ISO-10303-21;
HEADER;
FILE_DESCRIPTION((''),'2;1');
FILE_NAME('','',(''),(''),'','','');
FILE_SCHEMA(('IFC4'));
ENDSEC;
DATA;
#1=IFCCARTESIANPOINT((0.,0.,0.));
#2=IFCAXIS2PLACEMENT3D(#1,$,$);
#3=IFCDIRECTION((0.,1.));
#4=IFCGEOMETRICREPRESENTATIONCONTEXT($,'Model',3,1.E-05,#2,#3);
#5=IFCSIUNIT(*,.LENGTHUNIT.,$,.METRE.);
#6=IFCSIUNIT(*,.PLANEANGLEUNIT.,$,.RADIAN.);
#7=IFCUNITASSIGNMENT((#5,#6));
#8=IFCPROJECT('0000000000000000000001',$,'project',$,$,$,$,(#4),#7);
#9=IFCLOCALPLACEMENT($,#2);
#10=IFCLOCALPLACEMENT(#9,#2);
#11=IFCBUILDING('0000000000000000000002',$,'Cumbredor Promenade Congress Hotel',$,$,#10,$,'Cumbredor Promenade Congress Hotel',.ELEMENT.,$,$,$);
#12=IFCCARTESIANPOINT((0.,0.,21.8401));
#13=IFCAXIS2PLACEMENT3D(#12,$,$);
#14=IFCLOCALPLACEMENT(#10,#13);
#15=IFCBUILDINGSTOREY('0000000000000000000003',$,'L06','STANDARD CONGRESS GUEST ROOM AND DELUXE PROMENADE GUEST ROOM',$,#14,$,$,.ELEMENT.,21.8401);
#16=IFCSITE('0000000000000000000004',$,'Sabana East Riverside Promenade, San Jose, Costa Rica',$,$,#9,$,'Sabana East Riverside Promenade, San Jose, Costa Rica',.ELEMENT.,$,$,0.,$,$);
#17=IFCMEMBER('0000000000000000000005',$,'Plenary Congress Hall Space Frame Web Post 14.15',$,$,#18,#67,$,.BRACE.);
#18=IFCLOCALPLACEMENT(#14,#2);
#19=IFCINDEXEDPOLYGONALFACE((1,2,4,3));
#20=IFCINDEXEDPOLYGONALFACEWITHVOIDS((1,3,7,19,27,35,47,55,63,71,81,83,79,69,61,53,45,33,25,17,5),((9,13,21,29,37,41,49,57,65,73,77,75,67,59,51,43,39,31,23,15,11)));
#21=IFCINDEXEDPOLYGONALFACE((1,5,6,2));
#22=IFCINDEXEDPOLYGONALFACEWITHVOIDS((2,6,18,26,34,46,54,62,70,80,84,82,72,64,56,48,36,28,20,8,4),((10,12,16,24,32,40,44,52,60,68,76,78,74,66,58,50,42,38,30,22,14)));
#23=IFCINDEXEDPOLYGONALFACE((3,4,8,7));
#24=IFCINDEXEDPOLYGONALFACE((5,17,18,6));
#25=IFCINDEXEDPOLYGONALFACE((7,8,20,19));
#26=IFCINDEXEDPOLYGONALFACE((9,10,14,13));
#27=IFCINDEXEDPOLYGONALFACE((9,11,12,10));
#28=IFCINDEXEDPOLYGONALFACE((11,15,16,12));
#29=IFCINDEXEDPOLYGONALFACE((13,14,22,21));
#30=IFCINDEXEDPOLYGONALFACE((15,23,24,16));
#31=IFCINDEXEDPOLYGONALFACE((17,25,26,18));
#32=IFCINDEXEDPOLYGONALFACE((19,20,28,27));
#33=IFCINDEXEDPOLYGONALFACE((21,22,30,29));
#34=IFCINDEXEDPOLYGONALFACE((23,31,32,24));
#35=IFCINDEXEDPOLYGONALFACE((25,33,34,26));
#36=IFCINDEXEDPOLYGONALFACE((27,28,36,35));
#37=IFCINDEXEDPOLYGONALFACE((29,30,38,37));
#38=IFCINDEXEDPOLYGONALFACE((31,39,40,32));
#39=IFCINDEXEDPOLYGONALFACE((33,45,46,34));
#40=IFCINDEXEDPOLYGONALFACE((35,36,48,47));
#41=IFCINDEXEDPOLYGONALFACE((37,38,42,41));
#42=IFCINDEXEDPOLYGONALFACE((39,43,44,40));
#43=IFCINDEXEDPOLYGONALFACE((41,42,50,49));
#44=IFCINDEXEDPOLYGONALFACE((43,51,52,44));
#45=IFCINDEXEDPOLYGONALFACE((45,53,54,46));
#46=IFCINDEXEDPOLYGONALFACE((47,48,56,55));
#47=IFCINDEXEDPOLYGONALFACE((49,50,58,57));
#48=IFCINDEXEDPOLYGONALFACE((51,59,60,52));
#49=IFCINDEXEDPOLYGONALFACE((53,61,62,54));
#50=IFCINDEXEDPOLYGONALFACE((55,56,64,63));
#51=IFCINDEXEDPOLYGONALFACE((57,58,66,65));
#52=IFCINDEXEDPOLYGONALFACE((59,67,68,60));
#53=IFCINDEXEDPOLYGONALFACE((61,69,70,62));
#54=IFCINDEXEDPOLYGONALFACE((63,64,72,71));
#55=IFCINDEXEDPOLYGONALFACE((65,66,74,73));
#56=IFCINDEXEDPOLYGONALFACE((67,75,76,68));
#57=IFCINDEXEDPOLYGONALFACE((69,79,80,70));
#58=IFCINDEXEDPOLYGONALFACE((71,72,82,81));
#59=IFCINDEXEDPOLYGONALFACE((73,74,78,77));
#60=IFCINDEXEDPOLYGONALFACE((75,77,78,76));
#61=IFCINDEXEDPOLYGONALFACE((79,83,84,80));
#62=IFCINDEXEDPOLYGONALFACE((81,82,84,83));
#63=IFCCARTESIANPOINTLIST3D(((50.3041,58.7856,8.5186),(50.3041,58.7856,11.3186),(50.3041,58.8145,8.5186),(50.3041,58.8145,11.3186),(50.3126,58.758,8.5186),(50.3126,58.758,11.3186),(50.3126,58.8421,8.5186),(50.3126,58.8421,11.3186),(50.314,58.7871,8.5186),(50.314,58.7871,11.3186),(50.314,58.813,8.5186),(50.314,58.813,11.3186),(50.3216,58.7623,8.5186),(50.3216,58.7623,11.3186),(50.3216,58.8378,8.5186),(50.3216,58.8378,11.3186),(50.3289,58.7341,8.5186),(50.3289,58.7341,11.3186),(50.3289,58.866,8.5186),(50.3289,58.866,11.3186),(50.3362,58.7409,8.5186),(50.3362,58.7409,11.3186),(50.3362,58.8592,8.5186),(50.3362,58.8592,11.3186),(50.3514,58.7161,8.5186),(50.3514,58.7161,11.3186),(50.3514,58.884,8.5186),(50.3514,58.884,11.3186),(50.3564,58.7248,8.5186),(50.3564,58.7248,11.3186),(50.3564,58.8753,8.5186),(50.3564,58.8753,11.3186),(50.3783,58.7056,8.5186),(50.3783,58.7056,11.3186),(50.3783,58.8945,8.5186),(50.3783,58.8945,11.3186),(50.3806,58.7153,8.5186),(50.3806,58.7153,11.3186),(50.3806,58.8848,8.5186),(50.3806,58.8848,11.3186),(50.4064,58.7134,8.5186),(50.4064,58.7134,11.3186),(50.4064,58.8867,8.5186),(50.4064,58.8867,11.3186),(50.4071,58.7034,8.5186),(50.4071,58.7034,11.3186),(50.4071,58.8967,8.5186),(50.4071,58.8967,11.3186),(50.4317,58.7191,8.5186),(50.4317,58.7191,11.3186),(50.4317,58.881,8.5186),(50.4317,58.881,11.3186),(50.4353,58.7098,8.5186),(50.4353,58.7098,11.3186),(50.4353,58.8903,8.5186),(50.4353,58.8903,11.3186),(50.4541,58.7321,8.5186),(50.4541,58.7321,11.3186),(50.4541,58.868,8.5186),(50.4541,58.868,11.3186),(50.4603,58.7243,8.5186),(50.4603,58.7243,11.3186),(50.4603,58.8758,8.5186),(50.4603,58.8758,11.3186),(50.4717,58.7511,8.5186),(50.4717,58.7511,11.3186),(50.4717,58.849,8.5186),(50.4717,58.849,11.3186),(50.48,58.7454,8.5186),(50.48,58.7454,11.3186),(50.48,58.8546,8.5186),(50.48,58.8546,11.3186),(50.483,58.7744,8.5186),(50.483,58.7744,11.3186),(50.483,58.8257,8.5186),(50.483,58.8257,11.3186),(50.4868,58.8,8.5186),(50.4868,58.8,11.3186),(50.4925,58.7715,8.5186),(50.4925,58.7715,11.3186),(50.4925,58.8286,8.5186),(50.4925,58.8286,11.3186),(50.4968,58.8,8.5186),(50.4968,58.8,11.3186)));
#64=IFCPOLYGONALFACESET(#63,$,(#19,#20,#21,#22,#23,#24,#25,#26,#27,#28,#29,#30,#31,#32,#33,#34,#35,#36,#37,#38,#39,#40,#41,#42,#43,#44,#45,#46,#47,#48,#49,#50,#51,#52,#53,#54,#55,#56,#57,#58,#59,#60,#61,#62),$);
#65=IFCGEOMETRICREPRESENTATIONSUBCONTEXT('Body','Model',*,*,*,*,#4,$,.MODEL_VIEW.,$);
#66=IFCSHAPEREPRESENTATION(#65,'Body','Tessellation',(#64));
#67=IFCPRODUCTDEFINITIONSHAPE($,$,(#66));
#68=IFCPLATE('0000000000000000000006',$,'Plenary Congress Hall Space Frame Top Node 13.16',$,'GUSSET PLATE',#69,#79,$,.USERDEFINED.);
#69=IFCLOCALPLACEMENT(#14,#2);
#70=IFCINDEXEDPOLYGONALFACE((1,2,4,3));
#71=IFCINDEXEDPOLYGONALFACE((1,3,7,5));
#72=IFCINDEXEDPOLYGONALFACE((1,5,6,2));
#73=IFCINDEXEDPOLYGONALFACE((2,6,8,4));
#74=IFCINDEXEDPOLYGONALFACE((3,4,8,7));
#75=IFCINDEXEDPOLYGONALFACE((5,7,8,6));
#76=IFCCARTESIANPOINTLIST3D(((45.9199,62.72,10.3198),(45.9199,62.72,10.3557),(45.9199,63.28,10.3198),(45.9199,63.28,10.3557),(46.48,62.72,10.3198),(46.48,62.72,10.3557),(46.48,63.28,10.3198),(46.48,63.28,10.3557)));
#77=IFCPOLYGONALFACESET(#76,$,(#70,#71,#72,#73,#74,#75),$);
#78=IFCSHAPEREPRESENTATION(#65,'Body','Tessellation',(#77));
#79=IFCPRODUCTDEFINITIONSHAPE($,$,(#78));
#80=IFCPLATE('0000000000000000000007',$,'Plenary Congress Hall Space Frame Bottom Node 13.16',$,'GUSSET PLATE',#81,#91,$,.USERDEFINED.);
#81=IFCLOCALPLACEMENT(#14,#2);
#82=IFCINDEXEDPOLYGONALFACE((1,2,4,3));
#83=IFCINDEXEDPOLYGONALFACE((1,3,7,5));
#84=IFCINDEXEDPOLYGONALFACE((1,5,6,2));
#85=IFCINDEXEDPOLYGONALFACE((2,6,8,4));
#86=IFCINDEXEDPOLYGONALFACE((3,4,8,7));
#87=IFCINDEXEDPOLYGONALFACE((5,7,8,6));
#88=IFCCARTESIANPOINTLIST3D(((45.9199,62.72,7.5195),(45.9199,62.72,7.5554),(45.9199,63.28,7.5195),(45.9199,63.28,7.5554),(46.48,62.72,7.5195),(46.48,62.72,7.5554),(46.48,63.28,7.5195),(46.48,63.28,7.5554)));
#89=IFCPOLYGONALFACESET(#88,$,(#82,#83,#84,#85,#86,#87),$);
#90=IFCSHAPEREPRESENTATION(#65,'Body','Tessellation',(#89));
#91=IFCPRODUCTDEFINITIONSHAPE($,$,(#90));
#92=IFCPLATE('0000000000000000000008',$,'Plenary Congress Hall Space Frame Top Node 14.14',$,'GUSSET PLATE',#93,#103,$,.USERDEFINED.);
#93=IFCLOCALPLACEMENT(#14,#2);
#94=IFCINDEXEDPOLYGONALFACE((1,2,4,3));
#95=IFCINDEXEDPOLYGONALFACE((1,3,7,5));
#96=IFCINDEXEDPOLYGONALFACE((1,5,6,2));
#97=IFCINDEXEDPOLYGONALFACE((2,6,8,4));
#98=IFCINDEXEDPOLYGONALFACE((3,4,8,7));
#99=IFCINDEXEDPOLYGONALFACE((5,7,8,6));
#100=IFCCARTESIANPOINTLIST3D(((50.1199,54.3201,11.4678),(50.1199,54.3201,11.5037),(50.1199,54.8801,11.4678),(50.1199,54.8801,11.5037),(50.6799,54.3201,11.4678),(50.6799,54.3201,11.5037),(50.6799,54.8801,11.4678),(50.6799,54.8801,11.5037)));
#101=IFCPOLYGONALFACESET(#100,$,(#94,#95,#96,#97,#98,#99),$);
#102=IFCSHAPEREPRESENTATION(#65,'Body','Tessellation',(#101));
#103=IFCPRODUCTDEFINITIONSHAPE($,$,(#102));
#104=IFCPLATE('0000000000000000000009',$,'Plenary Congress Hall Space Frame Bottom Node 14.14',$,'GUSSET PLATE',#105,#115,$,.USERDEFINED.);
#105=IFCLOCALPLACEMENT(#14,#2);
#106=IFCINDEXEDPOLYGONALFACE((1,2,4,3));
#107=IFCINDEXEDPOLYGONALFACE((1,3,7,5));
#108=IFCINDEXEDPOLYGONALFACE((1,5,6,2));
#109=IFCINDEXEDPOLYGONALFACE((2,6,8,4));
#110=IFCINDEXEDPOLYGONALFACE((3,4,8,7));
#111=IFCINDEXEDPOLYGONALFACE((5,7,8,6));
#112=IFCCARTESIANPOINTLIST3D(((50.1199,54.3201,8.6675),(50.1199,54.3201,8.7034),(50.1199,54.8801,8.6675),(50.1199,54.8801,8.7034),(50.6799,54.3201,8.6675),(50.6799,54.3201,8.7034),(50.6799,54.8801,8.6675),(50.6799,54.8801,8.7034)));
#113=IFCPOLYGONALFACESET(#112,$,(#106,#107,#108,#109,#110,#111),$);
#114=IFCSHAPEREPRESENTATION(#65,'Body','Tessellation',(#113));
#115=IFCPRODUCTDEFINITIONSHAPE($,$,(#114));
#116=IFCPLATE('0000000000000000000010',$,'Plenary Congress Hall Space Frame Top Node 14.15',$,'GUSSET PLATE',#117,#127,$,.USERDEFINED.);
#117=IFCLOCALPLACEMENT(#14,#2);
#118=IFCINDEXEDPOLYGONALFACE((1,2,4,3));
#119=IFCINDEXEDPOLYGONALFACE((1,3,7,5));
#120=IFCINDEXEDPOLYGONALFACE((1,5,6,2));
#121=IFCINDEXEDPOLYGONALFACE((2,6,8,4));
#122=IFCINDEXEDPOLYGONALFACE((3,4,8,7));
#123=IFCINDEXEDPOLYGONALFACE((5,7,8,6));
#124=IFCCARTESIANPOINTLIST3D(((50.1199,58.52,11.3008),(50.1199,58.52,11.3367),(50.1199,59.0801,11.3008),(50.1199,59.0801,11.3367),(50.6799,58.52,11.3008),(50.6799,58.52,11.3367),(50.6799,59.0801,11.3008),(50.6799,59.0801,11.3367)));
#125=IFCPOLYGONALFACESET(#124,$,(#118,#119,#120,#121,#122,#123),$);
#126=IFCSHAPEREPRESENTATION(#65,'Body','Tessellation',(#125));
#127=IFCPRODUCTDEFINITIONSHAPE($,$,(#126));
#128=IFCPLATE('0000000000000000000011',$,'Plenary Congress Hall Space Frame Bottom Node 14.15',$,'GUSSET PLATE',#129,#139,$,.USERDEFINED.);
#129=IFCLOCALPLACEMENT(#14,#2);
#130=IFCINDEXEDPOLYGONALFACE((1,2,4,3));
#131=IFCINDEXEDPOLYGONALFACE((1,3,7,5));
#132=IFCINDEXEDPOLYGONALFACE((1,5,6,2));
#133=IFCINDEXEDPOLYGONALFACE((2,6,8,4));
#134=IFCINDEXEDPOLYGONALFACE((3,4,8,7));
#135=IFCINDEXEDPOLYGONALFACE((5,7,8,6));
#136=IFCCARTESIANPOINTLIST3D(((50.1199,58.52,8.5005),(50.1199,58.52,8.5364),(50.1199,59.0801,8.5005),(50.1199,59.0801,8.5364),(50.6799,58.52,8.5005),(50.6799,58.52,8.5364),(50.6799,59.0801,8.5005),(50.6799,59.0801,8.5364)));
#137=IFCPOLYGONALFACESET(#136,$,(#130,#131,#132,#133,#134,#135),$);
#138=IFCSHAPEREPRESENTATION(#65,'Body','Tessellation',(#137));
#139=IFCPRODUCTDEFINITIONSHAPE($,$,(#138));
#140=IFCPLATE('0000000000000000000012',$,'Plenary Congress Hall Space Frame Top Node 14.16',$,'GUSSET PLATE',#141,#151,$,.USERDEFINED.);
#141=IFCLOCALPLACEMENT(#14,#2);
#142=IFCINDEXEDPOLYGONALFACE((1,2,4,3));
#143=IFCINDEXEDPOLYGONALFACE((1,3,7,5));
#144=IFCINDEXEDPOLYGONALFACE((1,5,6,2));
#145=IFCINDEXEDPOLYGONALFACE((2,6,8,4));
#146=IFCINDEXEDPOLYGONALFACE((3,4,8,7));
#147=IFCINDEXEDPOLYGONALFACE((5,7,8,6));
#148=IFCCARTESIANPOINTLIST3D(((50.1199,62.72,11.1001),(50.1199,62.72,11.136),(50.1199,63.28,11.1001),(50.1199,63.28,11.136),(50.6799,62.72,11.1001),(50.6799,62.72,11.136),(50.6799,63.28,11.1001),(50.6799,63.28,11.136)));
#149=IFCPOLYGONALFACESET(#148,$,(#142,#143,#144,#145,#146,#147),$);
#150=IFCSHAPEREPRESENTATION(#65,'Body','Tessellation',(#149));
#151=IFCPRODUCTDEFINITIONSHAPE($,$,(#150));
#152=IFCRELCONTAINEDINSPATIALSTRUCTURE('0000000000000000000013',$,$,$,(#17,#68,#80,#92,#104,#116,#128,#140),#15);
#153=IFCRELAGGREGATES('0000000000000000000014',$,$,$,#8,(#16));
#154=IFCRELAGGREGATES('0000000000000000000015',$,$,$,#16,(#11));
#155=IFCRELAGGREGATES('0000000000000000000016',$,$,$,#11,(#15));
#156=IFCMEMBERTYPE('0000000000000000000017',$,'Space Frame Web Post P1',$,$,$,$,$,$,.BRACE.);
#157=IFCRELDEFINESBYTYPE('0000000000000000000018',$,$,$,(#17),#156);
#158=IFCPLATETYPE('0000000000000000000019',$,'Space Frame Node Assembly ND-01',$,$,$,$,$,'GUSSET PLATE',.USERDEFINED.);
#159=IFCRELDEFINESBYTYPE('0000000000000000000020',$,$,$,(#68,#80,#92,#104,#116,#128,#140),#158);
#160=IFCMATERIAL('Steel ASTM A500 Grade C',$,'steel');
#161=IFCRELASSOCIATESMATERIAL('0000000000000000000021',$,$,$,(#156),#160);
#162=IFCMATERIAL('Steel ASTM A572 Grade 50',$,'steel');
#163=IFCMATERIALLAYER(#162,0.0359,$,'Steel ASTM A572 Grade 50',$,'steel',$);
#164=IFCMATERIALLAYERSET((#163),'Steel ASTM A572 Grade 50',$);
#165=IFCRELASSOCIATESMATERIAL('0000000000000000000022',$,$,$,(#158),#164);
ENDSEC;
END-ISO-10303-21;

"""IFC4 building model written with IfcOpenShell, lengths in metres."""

from ifc_helpers import new_model, si_unit, direction, frame, origin, origin_2d, place, context, subcontext, project, spatial, rectangle, hollow_circle, extrude, material, layer, layer_set, material_profile, profile_set, type_object, element, save


model = new_model("IFC4")

# Units and contexts
model_context = context("Model", 3, precision=1e-05, world=origin(), true_north=direction((0.0, 1.0)))
body_context = subcontext(model_context, "Body", "Model", "MODEL_VIEW")
ifc_project = project(units=[si_unit("LENGTHUNIT", "METRE"), si_unit("PLANEANGLEUNIT", "RADIAN")], contexts=[model_context])

# Site, building, storey
site_placement = place(None, origin())
site = spatial("IfcSite", under=ifc_project, at=site_placement, Name="Sabana East Riverside Promenade, San Jose, Costa Rica", LongName="Sabana East Riverside Promenade, San Jose, Costa Rica", CompositionType="ELEMENT", RefElevation=0.0)
building_placement = place(site_placement, origin())
building = spatial("IfcBuilding", under=site, at=building_placement, Name="Cumbredor Promenade Congress Hotel", LongName="Cumbredor Promenade Congress Hotel", CompositionType="ELEMENT")
storey_placement = place(building_placement, frame((0.0, 0.0, 21.8401)))
storey = spatial("IfcBuildingStorey", under=building, at=storey_placement, Name="L06", Description="STANDARD CONGRESS GUEST ROOM AND DELUXE PROMENADE GUEST ROOM", CompositionType="ELEMENT", Elevation=21.8401)

# Member
ifc_material_1 = material(Name="Steel ASTM A500 Grade C", Category="steel")
ifc_material_profile_1 = material_profile(ifc_material_1, hollow_circle(Radius=0.0969, WallThickness=0.01, at=origin_2d()), Name="CHS 193.7x10")
ifc_profile_set_1 = profile_set([ifc_material_profile_1], Name="Steel ASTM A500 Grade C")
member_type_1 = type_object("IfcMemberType", Name="Space Frame Web Post P1", PredefinedType="BRACE", material=ifc_profile_set_1)
for number, where, z_axis, x_axis, name in (
    (1, (50.3999, 58.8, 8.5186), (0.0, 0.0, 1.0), (1.0, 0.0, 0.0), "Plenary Congress Hall Space Frame Web Post 14.15"),
):
    element("IfcMember", number, at=place(storey_placement, frame(where, z_axis=z_axis, x_axis=x_axis)), inside=storey, type_object=member_type_1, Name=name, PredefinedType="BRACE", context=body_context, shape_type="SweptSolid", body=[
        extrude(hollow_circle(Radius=0.0969, WallThickness=0.01, at=origin_2d()), origin(), (0.0, 0.0, 1.0), 2.8),
    ])

# Plates
ifc_material_2 = material(Name="Steel ASTM A572 Grade 50", Category="steel")
ifc_layer = layer(ifc_material_2, 0.0359, Name="Steel ASTM A572 Grade 50", Category="steel")
ifc_layer_set = layer_set([ifc_layer], Name="Steel ASTM A572 Grade 50")
plate_type = type_object("IfcPlateType", Name="Space Frame Node Assembly ND-01", ElementType="GUSSET PLATE", PredefinedType="USERDEFINED", material=ifc_layer_set)
for number, where, z_axis, x_axis, name in (
    (2, (46.2, 63.0, 10.3198), (0.0, 0.0, 1.0), (1.0, 0.0, 0.0), "Plenary Congress Hall Space Frame Top Node 13.16"),
    (3, (46.2, 63.0, 7.5195), (0.0, 0.0, 1.0), (1.0, 0.0, 0.0), "Plenary Congress Hall Space Frame Bottom Node 13.16"),
    (4, (50.3999, 54.6001, 11.4678), (0.0, 0.0, 1.0), (1.0, 0.0, 0.0), "Plenary Congress Hall Space Frame Top Node 14.14"),
    (5, (50.3999, 54.6001, 8.6675), (0.0, 0.0, 1.0), (1.0, 0.0, 0.0), "Plenary Congress Hall Space Frame Bottom Node 14.14"),
    (6, (50.3999, 58.8, 11.3008), (0.0, 0.0, 1.0), (1.0, 0.0, 0.0), "Plenary Congress Hall Space Frame Top Node 14.15"),
    (7, (50.3999, 58.8, 8.5005), (0.0, 0.0, 1.0), (1.0, 0.0, 0.0), "Plenary Congress Hall Space Frame Bottom Node 14.15"),
    (8, (50.3999, 63.0, 11.1001), (0.0, 0.0, 1.0), (1.0, 0.0, 0.0), "Plenary Congress Hall Space Frame Top Node 14.16"),
):
    element("IfcPlate", number, at=place(storey_placement, frame(where, z_axis=z_axis, x_axis=x_axis)), inside=storey, type_object=plate_type, Name=name, ObjectType="GUSSET PLATE", PredefinedType="USERDEFINED", context=body_context, shape_type="SweptSolid", body=[
        extrude(rectangle(XDim=0.5601, YDim=0.5601, at=origin_2d()), origin(), (0.0, 0.0, 1.0), 0.0359),
    ])

save(model, "model.ifc")
